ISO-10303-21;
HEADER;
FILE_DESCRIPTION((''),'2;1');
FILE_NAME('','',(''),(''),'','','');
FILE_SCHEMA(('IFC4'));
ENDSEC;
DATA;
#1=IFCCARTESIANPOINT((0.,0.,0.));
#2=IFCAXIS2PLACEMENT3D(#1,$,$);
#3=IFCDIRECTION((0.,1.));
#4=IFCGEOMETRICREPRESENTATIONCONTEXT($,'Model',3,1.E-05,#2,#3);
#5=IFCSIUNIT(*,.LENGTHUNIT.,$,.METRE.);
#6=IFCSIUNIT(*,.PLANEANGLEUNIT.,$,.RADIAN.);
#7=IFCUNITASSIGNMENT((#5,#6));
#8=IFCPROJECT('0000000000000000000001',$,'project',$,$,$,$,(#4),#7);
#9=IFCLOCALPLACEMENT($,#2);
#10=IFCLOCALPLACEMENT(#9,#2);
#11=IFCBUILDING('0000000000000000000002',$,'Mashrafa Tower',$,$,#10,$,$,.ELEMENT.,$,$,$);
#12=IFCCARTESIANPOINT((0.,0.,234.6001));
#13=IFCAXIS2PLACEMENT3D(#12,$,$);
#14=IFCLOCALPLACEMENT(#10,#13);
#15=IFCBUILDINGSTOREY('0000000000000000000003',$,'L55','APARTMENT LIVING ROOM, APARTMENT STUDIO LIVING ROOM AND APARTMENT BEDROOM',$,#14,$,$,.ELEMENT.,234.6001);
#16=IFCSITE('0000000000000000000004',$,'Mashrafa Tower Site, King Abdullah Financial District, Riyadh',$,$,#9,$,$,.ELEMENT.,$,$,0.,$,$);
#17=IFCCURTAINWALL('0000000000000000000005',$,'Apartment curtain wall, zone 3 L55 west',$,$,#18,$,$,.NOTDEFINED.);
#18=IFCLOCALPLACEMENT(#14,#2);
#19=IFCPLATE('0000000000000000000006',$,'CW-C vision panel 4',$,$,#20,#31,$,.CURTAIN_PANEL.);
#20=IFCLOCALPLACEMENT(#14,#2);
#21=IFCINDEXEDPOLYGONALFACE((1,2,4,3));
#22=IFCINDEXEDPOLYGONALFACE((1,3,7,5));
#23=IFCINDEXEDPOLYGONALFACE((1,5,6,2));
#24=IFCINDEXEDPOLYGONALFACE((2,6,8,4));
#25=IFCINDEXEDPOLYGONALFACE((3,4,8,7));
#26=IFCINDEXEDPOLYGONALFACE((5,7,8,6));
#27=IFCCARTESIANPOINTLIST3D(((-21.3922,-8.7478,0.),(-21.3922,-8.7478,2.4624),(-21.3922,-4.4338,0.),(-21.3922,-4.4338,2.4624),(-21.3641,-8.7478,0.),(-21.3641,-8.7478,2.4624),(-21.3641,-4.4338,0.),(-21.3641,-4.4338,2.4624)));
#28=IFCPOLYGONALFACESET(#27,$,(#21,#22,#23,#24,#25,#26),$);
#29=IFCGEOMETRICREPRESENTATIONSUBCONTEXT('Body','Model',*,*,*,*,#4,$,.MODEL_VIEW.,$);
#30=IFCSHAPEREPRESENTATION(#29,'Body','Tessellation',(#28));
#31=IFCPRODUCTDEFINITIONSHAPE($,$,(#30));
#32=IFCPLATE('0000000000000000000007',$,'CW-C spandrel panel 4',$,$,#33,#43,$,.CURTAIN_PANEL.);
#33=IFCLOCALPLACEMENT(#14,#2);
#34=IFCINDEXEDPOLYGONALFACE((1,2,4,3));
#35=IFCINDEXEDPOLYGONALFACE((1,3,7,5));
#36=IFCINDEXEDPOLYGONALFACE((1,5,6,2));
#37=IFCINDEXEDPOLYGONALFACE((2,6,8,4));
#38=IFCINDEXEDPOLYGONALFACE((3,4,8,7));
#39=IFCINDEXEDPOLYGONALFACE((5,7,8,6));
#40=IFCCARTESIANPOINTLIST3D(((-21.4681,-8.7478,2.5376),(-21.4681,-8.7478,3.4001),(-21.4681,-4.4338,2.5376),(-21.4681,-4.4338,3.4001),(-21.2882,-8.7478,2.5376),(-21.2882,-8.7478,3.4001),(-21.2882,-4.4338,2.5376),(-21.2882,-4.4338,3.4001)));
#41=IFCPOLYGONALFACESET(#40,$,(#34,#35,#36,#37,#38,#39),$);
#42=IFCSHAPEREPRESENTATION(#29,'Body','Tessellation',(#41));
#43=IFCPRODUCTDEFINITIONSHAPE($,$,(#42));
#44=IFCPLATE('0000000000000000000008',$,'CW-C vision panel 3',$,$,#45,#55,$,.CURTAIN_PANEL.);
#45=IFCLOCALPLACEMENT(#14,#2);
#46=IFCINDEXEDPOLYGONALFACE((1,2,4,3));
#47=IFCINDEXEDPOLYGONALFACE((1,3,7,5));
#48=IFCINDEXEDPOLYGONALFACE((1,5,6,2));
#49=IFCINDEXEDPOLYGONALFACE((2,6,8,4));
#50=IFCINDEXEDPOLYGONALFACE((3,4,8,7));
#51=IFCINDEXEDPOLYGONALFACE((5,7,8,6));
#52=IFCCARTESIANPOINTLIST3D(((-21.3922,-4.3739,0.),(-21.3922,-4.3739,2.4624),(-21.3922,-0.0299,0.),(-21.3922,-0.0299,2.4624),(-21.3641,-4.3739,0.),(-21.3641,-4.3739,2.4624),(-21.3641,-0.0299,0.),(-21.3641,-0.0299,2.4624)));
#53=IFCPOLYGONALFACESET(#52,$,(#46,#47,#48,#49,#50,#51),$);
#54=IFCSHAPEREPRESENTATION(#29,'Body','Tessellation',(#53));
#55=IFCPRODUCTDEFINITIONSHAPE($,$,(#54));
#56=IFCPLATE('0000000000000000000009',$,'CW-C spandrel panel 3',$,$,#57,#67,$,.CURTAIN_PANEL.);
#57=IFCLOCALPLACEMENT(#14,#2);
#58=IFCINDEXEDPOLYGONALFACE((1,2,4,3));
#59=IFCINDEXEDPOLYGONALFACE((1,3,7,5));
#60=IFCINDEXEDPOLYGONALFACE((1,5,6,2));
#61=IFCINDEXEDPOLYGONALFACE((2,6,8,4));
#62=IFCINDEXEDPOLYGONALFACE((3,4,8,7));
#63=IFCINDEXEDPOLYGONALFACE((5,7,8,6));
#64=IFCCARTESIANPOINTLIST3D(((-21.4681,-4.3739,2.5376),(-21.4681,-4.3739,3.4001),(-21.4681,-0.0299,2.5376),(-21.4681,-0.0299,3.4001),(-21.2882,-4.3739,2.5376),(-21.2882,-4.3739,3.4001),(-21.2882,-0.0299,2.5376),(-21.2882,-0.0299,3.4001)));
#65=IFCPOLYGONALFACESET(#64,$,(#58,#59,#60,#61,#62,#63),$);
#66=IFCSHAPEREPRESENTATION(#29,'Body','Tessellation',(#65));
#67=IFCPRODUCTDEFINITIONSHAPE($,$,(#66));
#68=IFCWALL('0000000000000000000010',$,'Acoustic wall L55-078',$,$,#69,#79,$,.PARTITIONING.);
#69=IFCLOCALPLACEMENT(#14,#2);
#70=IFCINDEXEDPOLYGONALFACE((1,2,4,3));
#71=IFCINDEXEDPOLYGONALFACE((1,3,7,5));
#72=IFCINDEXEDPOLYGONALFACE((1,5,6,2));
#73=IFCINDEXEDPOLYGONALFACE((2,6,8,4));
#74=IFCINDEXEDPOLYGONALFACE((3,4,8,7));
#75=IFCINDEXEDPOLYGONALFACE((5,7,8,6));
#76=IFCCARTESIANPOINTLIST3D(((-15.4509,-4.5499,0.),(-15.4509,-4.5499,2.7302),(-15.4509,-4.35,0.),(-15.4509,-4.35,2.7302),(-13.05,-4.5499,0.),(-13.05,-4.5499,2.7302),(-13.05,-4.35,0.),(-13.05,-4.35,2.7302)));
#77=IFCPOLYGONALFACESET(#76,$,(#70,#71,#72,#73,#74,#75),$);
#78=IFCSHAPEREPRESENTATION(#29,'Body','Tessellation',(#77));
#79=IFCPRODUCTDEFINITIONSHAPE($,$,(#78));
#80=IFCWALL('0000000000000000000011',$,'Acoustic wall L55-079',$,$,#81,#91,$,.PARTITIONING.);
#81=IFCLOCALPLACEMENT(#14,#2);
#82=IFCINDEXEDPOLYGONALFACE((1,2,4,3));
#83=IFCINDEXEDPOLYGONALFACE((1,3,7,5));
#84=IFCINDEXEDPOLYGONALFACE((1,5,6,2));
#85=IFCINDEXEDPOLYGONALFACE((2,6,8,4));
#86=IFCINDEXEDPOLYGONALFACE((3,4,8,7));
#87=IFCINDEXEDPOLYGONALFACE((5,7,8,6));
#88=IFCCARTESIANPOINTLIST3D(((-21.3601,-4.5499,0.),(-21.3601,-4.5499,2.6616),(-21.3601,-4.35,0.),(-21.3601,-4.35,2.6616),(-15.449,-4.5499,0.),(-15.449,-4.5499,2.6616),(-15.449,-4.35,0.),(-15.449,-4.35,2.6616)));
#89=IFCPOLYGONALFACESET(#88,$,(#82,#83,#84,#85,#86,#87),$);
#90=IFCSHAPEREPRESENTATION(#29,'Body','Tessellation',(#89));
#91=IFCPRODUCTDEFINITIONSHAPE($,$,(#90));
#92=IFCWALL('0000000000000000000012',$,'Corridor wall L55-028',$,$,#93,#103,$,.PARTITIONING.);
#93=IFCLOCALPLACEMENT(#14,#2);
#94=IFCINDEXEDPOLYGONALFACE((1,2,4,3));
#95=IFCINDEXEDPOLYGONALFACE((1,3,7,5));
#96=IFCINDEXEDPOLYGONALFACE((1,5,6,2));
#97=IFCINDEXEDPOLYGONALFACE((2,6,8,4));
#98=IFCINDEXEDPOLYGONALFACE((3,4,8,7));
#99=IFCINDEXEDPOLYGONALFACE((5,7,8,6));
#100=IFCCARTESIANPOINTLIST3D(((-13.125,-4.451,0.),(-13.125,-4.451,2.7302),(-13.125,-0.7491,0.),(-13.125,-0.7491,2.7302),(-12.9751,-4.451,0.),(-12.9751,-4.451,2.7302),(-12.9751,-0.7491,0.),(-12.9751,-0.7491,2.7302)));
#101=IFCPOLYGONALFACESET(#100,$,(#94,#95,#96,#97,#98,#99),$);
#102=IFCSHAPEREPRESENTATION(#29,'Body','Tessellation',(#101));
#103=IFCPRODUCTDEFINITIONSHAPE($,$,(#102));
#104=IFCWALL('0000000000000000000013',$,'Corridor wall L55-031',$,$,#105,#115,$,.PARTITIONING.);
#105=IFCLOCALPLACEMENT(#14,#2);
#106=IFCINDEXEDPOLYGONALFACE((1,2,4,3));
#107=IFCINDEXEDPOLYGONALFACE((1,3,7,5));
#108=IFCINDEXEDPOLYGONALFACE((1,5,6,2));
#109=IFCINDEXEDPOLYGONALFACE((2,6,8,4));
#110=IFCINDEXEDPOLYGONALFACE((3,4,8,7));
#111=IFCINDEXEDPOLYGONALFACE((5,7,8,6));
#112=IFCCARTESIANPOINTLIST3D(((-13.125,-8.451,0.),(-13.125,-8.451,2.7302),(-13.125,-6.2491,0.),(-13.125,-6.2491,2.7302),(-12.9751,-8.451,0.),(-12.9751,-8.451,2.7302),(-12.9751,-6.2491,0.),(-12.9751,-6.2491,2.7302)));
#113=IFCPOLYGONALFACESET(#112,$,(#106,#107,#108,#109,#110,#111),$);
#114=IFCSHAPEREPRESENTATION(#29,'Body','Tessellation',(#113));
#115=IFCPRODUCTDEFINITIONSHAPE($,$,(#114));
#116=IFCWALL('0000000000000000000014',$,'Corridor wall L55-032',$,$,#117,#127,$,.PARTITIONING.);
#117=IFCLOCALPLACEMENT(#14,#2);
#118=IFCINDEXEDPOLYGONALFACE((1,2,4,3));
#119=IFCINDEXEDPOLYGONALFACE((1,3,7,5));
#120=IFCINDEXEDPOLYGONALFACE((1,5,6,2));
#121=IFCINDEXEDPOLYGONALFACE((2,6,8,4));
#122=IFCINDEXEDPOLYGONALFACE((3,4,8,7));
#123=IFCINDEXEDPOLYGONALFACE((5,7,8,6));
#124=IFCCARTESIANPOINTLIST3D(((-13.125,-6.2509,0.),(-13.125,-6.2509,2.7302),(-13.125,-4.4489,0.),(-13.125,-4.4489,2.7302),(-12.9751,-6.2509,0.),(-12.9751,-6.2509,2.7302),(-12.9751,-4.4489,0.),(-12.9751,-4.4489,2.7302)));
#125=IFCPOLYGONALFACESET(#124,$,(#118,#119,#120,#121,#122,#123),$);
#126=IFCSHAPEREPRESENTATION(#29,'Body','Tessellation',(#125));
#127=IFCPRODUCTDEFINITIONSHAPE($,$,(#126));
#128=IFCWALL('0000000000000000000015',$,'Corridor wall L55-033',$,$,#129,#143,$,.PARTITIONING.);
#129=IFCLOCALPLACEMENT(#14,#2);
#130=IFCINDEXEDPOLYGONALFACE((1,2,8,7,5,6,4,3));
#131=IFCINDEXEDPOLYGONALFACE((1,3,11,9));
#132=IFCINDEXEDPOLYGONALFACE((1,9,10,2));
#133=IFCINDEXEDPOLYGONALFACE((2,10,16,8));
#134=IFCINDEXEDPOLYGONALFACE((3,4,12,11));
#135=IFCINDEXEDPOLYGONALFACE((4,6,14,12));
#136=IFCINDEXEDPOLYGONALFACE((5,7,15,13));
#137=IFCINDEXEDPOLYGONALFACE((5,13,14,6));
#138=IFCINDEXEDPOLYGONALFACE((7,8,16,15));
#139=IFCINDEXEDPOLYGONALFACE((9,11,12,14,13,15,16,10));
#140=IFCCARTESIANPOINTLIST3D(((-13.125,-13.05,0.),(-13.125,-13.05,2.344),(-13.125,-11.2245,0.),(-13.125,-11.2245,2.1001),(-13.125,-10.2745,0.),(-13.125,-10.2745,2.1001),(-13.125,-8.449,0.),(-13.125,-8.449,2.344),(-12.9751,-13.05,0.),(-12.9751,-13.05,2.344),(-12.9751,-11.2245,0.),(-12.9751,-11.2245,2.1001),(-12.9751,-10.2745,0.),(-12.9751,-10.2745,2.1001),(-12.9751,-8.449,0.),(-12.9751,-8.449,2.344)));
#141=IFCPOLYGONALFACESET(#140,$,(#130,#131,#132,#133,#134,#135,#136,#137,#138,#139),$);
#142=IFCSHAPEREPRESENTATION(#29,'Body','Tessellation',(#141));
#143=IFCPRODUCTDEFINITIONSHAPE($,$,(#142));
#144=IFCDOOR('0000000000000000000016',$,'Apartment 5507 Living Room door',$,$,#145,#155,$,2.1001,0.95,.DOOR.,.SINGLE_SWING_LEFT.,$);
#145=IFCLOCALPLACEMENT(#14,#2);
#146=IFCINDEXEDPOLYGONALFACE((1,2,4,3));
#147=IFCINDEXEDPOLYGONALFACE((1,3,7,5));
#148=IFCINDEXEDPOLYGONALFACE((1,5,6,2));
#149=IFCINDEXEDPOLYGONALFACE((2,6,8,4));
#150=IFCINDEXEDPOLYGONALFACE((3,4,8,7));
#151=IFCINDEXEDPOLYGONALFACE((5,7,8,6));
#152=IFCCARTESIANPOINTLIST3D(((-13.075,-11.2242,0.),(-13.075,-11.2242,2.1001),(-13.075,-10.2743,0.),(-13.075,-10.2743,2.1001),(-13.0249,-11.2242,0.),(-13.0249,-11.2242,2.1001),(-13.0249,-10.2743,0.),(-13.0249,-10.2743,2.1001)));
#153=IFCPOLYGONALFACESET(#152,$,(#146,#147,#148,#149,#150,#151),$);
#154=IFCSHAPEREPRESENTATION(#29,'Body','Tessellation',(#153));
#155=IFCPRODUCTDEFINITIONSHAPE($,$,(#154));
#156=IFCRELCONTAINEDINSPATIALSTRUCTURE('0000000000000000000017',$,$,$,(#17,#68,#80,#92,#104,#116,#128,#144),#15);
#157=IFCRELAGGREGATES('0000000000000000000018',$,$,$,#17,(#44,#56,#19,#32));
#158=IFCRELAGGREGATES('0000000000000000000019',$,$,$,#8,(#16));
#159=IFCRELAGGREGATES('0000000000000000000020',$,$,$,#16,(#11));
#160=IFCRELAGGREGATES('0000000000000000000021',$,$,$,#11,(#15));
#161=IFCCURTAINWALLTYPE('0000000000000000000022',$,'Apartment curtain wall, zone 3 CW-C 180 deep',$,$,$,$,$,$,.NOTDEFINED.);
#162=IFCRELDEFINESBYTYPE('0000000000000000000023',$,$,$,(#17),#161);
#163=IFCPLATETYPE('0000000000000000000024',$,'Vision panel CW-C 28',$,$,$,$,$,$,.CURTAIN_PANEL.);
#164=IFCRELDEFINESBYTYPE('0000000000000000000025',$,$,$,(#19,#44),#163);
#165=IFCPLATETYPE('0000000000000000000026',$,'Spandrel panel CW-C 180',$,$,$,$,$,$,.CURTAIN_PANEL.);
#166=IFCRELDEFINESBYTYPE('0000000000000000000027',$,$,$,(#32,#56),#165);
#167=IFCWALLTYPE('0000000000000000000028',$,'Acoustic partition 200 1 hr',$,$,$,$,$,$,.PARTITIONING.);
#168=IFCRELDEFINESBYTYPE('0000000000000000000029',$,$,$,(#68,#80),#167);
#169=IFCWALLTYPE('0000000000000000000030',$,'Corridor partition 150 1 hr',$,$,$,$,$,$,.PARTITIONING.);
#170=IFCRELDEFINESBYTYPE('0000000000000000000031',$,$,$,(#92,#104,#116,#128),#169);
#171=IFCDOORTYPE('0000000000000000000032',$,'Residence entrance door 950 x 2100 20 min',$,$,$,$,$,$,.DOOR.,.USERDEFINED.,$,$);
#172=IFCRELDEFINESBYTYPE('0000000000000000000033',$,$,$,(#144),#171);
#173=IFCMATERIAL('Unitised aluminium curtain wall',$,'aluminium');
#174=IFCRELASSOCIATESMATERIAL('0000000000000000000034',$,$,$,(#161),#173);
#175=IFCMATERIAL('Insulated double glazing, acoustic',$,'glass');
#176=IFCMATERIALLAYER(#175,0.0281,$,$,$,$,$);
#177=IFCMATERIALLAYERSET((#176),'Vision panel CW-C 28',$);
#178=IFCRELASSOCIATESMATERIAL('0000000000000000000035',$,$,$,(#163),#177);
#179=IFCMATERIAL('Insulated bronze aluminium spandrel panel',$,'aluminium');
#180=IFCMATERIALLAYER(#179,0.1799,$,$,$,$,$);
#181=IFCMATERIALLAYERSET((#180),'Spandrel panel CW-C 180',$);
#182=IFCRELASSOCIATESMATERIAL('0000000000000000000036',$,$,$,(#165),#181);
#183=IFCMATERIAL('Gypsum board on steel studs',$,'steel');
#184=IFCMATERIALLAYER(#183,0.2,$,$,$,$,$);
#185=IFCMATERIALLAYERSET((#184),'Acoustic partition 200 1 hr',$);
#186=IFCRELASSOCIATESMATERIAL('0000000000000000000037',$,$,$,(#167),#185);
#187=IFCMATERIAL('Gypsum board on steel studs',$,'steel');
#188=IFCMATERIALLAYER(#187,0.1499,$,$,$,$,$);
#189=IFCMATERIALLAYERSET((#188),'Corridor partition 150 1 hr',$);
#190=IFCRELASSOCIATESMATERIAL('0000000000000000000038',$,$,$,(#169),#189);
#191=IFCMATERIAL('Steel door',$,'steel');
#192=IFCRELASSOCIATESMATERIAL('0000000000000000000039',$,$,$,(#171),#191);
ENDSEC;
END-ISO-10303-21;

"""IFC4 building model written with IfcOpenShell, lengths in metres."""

from ifc_helpers import new_model, si_unit, direction, frame, frame_2d, origin, origin_2d, place, context, subcontext, project, spatial, rectangle, extrude, source, transform, mapped, material, layer, layer_set, type_object, type_shapes, element, fill, aggregate, save


model = new_model("IFC4")

# Units and contexts
model_context = context("Model", 3, precision=1e-05, world=origin(), true_north=direction((0.0, 1.0)))
body_context = subcontext(model_context, "Body", "Model", "MODEL_VIEW")
ifc_project = project(units=[si_unit("LENGTHUNIT", "METRE"), si_unit("PLANEANGLEUNIT", "RADIAN")], contexts=[model_context])

# Site, building, storey
site_placement = place(None, origin())
site = spatial("IfcSite", under=ifc_project, at=site_placement, Name="Mashrafa Tower Site, King Abdullah Financial District, Riyadh", CompositionType="ELEMENT", RefElevation=0.0)
building_placement = place(site_placement, origin())
building = spatial("IfcBuilding", under=site, at=building_placement, Name="Mashrafa Tower", CompositionType="ELEMENT")
storey_placement = place(building_placement, frame((0.0, 0.0, 234.6001)))
storey = spatial("IfcBuildingStorey", under=building, at=storey_placement, Name="L55", Description="APARTMENT LIVING ROOM, APARTMENT STUDIO LIVING ROOM AND APARTMENT BEDROOM", CompositionType="ELEMENT", Elevation=234.6001)

# Curtain wall, plates
ifc_material_1 = material(Name="Unitised aluminium curtain wall", Category="aluminium")
curtain_wall_type = type_object("IfcCurtainWallType", Name="Apartment curtain wall, zone 3 CW-C 180 deep", PredefinedType="NOTDEFINED", material=ifc_material_1)
curtain_wall_placement = place(storey_placement, origin())
curtain_wall = element("IfcCurtainWall", 1, at=curtain_wall_placement, inside=storey, type_object=curtain_wall_type, Name="Apartment curtain wall, zone 3 L55 west", PredefinedType="NOTDEFINED")
ifc_material_2 = material(Name="Insulated double glazing, acoustic", Category="glass")
ifc_layer_1 = layer(ifc_material_2, 0.0281)
ifc_layer_set_1 = layer_set([ifc_layer_1], Name="Vision panel CW-C 28")
plate_type_1 = type_object("IfcPlateType", Name="Vision panel CW-C 28", PredefinedType="CURTAIN_PANEL", material=ifc_layer_set_1)
shared_shape_1 = source(origin(), body_context, "Body", "SweptSolid", [
    extrude(rectangle(XDim=4.314, YDim=0.0281, at=origin_2d()), origin(), (0.0, 0.0, 1.0), 2.4624),
])
plate_1_placement = place(storey_placement, frame((-21.3782, -6.5908, 0.0), z_axis=(0.0, 0.0, 1.0), x_axis=(0.0, -1.0, 0.0)))
plate_1 = element("IfcPlate", 2, at=plate_1_placement, type_object=plate_type_1, Name="CW-C vision panel 4", PredefinedType="CURTAIN_PANEL", context=body_context, shape_type="MappedRepresentation", body=[
    mapped(shared_shape_1, transform((0.0, 0.0, 0.0))),
])
ifc_material_3 = material(Name="Insulated bronze aluminium spandrel panel", Category="aluminium")
ifc_layer_2 = layer(ifc_material_3, 0.1799)
ifc_layer_set_2 = layer_set([ifc_layer_2], Name="Spandrel panel CW-C 180")
plate_type_2 = type_object("IfcPlateType", Name="Spandrel panel CW-C 180", PredefinedType="CURTAIN_PANEL", material=ifc_layer_set_2)
shared_shape_2 = source(origin(), body_context, "Body", "SweptSolid", [
    extrude(rectangle(XDim=4.314, YDim=0.1799, at=origin_2d()), origin(), (0.0, 0.0, 1.0), 0.8625),
])
plate_2_placement = place(storey_placement, frame((-21.3782, -6.5908, 2.5376), z_axis=(0.0, 0.0, 1.0), x_axis=(0.0, -1.0, 0.0)))
plate_2 = element("IfcPlate", 3, at=plate_2_placement, type_object=plate_type_2, Name="CW-C spandrel panel 4", PredefinedType="CURTAIN_PANEL", context=body_context, shape_type="MappedRepresentation", body=[
    mapped(shared_shape_2, transform((0.0, 0.0, 0.0))),
])
shared_shape_3 = source(origin(), body_context, "Body", "SweptSolid", [
    extrude(rectangle(XDim=4.344, YDim=0.0281, at=origin_2d()), origin(), (0.0, 0.0, 1.0), 2.4624),
])
type_shapes(plate_type_1, [shared_shape_1, shared_shape_3])
plate_3_placement = place(storey_placement, frame((-21.3782, -2.2019, 0.0), z_axis=(0.0, 0.0, 1.0), x_axis=(0.0, -1.0, 0.0)))
plate_3 = element("IfcPlate", 4, at=plate_3_placement, type_object=plate_type_1, Name="CW-C vision panel 3", PredefinedType="CURTAIN_PANEL", context=body_context, shape_type="MappedRepresentation", body=[
    mapped(shared_shape_3, transform((0.0, 0.0, 0.0))),
])
shared_shape_4 = source(origin(), body_context, "Body", "SweptSolid", [
    extrude(rectangle(XDim=4.344, YDim=0.1799, at=origin_2d()), origin(), (0.0, 0.0, 1.0), 0.8625),
])
type_shapes(plate_type_2, [shared_shape_2, shared_shape_4])
plate_4_placement = place(storey_placement, frame((-21.3782, -2.2019, 2.5376), z_axis=(0.0, 0.0, 1.0), x_axis=(0.0, -1.0, 0.0)))
plate_4 = element("IfcPlate", 5, at=plate_4_placement, type_object=plate_type_2, Name="CW-C spandrel panel 3", PredefinedType="CURTAIN_PANEL", context=body_context, shape_type="MappedRepresentation", body=[
    mapped(shared_shape_4, transform((0.0, 0.0, 0.0))),
])
aggregate(curtain_wall, [plate_3, plate_4, plate_1, plate_2])

# Walls
ifc_material_4 = material(Name="Gypsum board on steel studs", Category="steel")
ifc_layer_3 = layer(ifc_material_4, 0.2)
ifc_layer_set_3 = layer_set([ifc_layer_3], Name="Acoustic partition 200 1 hr")
wall_type_1 = type_object("IfcWallType", Name="Acoustic partition 200 1 hr", PredefinedType="PARTITIONING", material=ifc_layer_set_3)
wall_1_placement = place(storey_placement, frame((-15.4509, -4.45, 0.0), z_axis=(0.0, 0.0, 1.0), x_axis=(1.0, 0.0, 0.0)))
element("IfcWall", 6, at=wall_1_placement, inside=storey, type_object=wall_type_1, Name="Acoustic wall L55-078", PredefinedType="PARTITIONING", context=body_context, shape_type="SweptSolid", body=[
    extrude(rectangle(XDim=2.4009, YDim=0.2, at=frame_2d((1.2004, 0.0))), origin(), (0.0, 0.0, 1.0), 2.7302),
])
wall_2_placement = place(storey_placement, frame((-21.3601, -4.45, 0.0), z_axis=(0.0, 0.0, 1.0), x_axis=(1.0, 0.0, 0.0)))
element("IfcWall", 7, at=wall_2_placement, inside=storey, type_object=wall_type_1, Name="Acoustic wall L55-079", PredefinedType="PARTITIONING", context=body_context, shape_type="SweptSolid", body=[
    extrude(rectangle(XDim=5.9111, YDim=0.2, at=frame_2d((2.9556, 0.0))), origin(), (0.0, 0.0, 1.0), 2.6616),
])
ifc_material_5 = material(Name="Gypsum board on steel studs", Category="steel")
ifc_layer_4 = layer(ifc_material_5, 0.1499)
ifc_layer_set_4 = layer_set([ifc_layer_4], Name="Corridor partition 150 1 hr")
wall_type_2 = type_object("IfcWallType", Name="Corridor partition 150 1 hr", PredefinedType="PARTITIONING", material=ifc_layer_set_4)
wall_3_placement = place(storey_placement, frame((-13.05, -0.749, 0.0), z_axis=(0.0, 0.0, 1.0), x_axis=(0.0, -1.0, 0.0)))
element("IfcWall", 8, at=wall_3_placement, inside=storey, type_object=wall_type_2, Name="Corridor wall L55-028", PredefinedType="PARTITIONING", context=body_context, shape_type="SweptSolid", body=[
    extrude(rectangle(XDim=3.7019, YDim=0.1499, at=frame_2d((1.8511, 0.0))), origin(), (0.0, 0.0, 1.0), 2.7302),
])
wall_4_placement = place(storey_placement, frame((-13.05, -6.249, 0.0), z_axis=(0.0, 0.0, 1.0), x_axis=(0.0, -1.0, 0.0)))
element("IfcWall", 9, at=wall_4_placement, inside=storey, type_object=wall_type_2, Name="Corridor wall L55-031", PredefinedType="PARTITIONING", context=body_context, shape_type="SweptSolid", body=[
    extrude(rectangle(XDim=2.2019, YDim=0.1499, at=frame_2d((1.1011, 0.0))), origin(), (0.0, 0.0, 1.0), 2.7302),
])
wall_5_placement = place(storey_placement, frame((-13.05, -4.449, 0.0), z_axis=(0.0, 0.0, 1.0), x_axis=(0.0, -1.0, 0.0)))
element("IfcWall", 10, at=wall_5_placement, inside=storey, type_object=wall_type_2, Name="Corridor wall L55-032", PredefinedType="PARTITIONING", context=body_context, shape_type="SweptSolid", body=[
    extrude(rectangle(XDim=1.802, YDim=0.1499, at=frame_2d((0.9009, 0.0))), origin(), (0.0, 0.0, 1.0), 2.7302),
])

# Wall, opening, door
wall_6_placement = place(storey_placement, frame((-13.05, -8.449, 0.0), z_axis=(0.0, 0.0, 1.0), x_axis=(0.0, -1.0, 0.0)))
wall_6 = element("IfcWall", 11, at=wall_6_placement, inside=storey, type_object=wall_type_2, Name="Corridor wall L55-033", PredefinedType="PARTITIONING", context=body_context, shape_type="SweptSolid", body=[
    extrude(rectangle(XDim=4.6011, YDim=0.1499, at=frame_2d((2.3005, 0.0))), origin(), (0.0, 0.0, 1.0), 2.344),
])
opening_1_placement = place(wall_6_placement, frame((1.8254, 0.0, 0.0)))
opening_1 = element("IfcOpeningElement", 12, at=opening_1_placement, cuts=wall_6, PredefinedType="OPENING", context=body_context, shape_type="SweptSolid", body=[
    extrude(rectangle(XDim=0.95, YDim=2.1001, at=frame_2d((0.4751, 1.05))), frame((0.0, 0.085, 0.0), z_axis=(0.0, -1.0, 0.0), x_axis=(1.0, 0.0, 0.0)), (0.0, 0.0, 1.0), 0.1699),
])
ifc_material_6 = material(Name="Steel door", Category="steel")
door_type_1 = type_object("IfcDoorType", Name="Residence entrance door 950 x 2100 20 min", OperationType="USERDEFINED", PredefinedType="DOOR", material=ifc_material_6)
door_1_placement = place(opening_1_placement, frame((0.95, 0.0, 0.0), z_axis=(0.0, 0.0, 1.0), x_axis=(-1.0, 0.0, 0.0)))
door_1 = element("IfcDoor", 13, at=door_1_placement, inside=storey, type_object=door_type_1, Name="Apartment 5507 Living Room door", OperationType="SINGLE_SWING_LEFT", OverallHeight=2.1001, OverallWidth=0.95, PredefinedType="DOOR", context=body_context, shape_type="SweptSolid", body=[
    extrude(rectangle(XDim=0.95, YDim=2.1001, at=frame_2d((0.4751, 1.05))), frame((0.0, 0.0249, 0.0), z_axis=(0.0, -1.0, 0.0), x_axis=(1.0, 0.0, 0.0)), (0.0, 0.0, 1.0), 0.05),
])
fill(opening_1, door_1)

save(model, "model.ifc")
